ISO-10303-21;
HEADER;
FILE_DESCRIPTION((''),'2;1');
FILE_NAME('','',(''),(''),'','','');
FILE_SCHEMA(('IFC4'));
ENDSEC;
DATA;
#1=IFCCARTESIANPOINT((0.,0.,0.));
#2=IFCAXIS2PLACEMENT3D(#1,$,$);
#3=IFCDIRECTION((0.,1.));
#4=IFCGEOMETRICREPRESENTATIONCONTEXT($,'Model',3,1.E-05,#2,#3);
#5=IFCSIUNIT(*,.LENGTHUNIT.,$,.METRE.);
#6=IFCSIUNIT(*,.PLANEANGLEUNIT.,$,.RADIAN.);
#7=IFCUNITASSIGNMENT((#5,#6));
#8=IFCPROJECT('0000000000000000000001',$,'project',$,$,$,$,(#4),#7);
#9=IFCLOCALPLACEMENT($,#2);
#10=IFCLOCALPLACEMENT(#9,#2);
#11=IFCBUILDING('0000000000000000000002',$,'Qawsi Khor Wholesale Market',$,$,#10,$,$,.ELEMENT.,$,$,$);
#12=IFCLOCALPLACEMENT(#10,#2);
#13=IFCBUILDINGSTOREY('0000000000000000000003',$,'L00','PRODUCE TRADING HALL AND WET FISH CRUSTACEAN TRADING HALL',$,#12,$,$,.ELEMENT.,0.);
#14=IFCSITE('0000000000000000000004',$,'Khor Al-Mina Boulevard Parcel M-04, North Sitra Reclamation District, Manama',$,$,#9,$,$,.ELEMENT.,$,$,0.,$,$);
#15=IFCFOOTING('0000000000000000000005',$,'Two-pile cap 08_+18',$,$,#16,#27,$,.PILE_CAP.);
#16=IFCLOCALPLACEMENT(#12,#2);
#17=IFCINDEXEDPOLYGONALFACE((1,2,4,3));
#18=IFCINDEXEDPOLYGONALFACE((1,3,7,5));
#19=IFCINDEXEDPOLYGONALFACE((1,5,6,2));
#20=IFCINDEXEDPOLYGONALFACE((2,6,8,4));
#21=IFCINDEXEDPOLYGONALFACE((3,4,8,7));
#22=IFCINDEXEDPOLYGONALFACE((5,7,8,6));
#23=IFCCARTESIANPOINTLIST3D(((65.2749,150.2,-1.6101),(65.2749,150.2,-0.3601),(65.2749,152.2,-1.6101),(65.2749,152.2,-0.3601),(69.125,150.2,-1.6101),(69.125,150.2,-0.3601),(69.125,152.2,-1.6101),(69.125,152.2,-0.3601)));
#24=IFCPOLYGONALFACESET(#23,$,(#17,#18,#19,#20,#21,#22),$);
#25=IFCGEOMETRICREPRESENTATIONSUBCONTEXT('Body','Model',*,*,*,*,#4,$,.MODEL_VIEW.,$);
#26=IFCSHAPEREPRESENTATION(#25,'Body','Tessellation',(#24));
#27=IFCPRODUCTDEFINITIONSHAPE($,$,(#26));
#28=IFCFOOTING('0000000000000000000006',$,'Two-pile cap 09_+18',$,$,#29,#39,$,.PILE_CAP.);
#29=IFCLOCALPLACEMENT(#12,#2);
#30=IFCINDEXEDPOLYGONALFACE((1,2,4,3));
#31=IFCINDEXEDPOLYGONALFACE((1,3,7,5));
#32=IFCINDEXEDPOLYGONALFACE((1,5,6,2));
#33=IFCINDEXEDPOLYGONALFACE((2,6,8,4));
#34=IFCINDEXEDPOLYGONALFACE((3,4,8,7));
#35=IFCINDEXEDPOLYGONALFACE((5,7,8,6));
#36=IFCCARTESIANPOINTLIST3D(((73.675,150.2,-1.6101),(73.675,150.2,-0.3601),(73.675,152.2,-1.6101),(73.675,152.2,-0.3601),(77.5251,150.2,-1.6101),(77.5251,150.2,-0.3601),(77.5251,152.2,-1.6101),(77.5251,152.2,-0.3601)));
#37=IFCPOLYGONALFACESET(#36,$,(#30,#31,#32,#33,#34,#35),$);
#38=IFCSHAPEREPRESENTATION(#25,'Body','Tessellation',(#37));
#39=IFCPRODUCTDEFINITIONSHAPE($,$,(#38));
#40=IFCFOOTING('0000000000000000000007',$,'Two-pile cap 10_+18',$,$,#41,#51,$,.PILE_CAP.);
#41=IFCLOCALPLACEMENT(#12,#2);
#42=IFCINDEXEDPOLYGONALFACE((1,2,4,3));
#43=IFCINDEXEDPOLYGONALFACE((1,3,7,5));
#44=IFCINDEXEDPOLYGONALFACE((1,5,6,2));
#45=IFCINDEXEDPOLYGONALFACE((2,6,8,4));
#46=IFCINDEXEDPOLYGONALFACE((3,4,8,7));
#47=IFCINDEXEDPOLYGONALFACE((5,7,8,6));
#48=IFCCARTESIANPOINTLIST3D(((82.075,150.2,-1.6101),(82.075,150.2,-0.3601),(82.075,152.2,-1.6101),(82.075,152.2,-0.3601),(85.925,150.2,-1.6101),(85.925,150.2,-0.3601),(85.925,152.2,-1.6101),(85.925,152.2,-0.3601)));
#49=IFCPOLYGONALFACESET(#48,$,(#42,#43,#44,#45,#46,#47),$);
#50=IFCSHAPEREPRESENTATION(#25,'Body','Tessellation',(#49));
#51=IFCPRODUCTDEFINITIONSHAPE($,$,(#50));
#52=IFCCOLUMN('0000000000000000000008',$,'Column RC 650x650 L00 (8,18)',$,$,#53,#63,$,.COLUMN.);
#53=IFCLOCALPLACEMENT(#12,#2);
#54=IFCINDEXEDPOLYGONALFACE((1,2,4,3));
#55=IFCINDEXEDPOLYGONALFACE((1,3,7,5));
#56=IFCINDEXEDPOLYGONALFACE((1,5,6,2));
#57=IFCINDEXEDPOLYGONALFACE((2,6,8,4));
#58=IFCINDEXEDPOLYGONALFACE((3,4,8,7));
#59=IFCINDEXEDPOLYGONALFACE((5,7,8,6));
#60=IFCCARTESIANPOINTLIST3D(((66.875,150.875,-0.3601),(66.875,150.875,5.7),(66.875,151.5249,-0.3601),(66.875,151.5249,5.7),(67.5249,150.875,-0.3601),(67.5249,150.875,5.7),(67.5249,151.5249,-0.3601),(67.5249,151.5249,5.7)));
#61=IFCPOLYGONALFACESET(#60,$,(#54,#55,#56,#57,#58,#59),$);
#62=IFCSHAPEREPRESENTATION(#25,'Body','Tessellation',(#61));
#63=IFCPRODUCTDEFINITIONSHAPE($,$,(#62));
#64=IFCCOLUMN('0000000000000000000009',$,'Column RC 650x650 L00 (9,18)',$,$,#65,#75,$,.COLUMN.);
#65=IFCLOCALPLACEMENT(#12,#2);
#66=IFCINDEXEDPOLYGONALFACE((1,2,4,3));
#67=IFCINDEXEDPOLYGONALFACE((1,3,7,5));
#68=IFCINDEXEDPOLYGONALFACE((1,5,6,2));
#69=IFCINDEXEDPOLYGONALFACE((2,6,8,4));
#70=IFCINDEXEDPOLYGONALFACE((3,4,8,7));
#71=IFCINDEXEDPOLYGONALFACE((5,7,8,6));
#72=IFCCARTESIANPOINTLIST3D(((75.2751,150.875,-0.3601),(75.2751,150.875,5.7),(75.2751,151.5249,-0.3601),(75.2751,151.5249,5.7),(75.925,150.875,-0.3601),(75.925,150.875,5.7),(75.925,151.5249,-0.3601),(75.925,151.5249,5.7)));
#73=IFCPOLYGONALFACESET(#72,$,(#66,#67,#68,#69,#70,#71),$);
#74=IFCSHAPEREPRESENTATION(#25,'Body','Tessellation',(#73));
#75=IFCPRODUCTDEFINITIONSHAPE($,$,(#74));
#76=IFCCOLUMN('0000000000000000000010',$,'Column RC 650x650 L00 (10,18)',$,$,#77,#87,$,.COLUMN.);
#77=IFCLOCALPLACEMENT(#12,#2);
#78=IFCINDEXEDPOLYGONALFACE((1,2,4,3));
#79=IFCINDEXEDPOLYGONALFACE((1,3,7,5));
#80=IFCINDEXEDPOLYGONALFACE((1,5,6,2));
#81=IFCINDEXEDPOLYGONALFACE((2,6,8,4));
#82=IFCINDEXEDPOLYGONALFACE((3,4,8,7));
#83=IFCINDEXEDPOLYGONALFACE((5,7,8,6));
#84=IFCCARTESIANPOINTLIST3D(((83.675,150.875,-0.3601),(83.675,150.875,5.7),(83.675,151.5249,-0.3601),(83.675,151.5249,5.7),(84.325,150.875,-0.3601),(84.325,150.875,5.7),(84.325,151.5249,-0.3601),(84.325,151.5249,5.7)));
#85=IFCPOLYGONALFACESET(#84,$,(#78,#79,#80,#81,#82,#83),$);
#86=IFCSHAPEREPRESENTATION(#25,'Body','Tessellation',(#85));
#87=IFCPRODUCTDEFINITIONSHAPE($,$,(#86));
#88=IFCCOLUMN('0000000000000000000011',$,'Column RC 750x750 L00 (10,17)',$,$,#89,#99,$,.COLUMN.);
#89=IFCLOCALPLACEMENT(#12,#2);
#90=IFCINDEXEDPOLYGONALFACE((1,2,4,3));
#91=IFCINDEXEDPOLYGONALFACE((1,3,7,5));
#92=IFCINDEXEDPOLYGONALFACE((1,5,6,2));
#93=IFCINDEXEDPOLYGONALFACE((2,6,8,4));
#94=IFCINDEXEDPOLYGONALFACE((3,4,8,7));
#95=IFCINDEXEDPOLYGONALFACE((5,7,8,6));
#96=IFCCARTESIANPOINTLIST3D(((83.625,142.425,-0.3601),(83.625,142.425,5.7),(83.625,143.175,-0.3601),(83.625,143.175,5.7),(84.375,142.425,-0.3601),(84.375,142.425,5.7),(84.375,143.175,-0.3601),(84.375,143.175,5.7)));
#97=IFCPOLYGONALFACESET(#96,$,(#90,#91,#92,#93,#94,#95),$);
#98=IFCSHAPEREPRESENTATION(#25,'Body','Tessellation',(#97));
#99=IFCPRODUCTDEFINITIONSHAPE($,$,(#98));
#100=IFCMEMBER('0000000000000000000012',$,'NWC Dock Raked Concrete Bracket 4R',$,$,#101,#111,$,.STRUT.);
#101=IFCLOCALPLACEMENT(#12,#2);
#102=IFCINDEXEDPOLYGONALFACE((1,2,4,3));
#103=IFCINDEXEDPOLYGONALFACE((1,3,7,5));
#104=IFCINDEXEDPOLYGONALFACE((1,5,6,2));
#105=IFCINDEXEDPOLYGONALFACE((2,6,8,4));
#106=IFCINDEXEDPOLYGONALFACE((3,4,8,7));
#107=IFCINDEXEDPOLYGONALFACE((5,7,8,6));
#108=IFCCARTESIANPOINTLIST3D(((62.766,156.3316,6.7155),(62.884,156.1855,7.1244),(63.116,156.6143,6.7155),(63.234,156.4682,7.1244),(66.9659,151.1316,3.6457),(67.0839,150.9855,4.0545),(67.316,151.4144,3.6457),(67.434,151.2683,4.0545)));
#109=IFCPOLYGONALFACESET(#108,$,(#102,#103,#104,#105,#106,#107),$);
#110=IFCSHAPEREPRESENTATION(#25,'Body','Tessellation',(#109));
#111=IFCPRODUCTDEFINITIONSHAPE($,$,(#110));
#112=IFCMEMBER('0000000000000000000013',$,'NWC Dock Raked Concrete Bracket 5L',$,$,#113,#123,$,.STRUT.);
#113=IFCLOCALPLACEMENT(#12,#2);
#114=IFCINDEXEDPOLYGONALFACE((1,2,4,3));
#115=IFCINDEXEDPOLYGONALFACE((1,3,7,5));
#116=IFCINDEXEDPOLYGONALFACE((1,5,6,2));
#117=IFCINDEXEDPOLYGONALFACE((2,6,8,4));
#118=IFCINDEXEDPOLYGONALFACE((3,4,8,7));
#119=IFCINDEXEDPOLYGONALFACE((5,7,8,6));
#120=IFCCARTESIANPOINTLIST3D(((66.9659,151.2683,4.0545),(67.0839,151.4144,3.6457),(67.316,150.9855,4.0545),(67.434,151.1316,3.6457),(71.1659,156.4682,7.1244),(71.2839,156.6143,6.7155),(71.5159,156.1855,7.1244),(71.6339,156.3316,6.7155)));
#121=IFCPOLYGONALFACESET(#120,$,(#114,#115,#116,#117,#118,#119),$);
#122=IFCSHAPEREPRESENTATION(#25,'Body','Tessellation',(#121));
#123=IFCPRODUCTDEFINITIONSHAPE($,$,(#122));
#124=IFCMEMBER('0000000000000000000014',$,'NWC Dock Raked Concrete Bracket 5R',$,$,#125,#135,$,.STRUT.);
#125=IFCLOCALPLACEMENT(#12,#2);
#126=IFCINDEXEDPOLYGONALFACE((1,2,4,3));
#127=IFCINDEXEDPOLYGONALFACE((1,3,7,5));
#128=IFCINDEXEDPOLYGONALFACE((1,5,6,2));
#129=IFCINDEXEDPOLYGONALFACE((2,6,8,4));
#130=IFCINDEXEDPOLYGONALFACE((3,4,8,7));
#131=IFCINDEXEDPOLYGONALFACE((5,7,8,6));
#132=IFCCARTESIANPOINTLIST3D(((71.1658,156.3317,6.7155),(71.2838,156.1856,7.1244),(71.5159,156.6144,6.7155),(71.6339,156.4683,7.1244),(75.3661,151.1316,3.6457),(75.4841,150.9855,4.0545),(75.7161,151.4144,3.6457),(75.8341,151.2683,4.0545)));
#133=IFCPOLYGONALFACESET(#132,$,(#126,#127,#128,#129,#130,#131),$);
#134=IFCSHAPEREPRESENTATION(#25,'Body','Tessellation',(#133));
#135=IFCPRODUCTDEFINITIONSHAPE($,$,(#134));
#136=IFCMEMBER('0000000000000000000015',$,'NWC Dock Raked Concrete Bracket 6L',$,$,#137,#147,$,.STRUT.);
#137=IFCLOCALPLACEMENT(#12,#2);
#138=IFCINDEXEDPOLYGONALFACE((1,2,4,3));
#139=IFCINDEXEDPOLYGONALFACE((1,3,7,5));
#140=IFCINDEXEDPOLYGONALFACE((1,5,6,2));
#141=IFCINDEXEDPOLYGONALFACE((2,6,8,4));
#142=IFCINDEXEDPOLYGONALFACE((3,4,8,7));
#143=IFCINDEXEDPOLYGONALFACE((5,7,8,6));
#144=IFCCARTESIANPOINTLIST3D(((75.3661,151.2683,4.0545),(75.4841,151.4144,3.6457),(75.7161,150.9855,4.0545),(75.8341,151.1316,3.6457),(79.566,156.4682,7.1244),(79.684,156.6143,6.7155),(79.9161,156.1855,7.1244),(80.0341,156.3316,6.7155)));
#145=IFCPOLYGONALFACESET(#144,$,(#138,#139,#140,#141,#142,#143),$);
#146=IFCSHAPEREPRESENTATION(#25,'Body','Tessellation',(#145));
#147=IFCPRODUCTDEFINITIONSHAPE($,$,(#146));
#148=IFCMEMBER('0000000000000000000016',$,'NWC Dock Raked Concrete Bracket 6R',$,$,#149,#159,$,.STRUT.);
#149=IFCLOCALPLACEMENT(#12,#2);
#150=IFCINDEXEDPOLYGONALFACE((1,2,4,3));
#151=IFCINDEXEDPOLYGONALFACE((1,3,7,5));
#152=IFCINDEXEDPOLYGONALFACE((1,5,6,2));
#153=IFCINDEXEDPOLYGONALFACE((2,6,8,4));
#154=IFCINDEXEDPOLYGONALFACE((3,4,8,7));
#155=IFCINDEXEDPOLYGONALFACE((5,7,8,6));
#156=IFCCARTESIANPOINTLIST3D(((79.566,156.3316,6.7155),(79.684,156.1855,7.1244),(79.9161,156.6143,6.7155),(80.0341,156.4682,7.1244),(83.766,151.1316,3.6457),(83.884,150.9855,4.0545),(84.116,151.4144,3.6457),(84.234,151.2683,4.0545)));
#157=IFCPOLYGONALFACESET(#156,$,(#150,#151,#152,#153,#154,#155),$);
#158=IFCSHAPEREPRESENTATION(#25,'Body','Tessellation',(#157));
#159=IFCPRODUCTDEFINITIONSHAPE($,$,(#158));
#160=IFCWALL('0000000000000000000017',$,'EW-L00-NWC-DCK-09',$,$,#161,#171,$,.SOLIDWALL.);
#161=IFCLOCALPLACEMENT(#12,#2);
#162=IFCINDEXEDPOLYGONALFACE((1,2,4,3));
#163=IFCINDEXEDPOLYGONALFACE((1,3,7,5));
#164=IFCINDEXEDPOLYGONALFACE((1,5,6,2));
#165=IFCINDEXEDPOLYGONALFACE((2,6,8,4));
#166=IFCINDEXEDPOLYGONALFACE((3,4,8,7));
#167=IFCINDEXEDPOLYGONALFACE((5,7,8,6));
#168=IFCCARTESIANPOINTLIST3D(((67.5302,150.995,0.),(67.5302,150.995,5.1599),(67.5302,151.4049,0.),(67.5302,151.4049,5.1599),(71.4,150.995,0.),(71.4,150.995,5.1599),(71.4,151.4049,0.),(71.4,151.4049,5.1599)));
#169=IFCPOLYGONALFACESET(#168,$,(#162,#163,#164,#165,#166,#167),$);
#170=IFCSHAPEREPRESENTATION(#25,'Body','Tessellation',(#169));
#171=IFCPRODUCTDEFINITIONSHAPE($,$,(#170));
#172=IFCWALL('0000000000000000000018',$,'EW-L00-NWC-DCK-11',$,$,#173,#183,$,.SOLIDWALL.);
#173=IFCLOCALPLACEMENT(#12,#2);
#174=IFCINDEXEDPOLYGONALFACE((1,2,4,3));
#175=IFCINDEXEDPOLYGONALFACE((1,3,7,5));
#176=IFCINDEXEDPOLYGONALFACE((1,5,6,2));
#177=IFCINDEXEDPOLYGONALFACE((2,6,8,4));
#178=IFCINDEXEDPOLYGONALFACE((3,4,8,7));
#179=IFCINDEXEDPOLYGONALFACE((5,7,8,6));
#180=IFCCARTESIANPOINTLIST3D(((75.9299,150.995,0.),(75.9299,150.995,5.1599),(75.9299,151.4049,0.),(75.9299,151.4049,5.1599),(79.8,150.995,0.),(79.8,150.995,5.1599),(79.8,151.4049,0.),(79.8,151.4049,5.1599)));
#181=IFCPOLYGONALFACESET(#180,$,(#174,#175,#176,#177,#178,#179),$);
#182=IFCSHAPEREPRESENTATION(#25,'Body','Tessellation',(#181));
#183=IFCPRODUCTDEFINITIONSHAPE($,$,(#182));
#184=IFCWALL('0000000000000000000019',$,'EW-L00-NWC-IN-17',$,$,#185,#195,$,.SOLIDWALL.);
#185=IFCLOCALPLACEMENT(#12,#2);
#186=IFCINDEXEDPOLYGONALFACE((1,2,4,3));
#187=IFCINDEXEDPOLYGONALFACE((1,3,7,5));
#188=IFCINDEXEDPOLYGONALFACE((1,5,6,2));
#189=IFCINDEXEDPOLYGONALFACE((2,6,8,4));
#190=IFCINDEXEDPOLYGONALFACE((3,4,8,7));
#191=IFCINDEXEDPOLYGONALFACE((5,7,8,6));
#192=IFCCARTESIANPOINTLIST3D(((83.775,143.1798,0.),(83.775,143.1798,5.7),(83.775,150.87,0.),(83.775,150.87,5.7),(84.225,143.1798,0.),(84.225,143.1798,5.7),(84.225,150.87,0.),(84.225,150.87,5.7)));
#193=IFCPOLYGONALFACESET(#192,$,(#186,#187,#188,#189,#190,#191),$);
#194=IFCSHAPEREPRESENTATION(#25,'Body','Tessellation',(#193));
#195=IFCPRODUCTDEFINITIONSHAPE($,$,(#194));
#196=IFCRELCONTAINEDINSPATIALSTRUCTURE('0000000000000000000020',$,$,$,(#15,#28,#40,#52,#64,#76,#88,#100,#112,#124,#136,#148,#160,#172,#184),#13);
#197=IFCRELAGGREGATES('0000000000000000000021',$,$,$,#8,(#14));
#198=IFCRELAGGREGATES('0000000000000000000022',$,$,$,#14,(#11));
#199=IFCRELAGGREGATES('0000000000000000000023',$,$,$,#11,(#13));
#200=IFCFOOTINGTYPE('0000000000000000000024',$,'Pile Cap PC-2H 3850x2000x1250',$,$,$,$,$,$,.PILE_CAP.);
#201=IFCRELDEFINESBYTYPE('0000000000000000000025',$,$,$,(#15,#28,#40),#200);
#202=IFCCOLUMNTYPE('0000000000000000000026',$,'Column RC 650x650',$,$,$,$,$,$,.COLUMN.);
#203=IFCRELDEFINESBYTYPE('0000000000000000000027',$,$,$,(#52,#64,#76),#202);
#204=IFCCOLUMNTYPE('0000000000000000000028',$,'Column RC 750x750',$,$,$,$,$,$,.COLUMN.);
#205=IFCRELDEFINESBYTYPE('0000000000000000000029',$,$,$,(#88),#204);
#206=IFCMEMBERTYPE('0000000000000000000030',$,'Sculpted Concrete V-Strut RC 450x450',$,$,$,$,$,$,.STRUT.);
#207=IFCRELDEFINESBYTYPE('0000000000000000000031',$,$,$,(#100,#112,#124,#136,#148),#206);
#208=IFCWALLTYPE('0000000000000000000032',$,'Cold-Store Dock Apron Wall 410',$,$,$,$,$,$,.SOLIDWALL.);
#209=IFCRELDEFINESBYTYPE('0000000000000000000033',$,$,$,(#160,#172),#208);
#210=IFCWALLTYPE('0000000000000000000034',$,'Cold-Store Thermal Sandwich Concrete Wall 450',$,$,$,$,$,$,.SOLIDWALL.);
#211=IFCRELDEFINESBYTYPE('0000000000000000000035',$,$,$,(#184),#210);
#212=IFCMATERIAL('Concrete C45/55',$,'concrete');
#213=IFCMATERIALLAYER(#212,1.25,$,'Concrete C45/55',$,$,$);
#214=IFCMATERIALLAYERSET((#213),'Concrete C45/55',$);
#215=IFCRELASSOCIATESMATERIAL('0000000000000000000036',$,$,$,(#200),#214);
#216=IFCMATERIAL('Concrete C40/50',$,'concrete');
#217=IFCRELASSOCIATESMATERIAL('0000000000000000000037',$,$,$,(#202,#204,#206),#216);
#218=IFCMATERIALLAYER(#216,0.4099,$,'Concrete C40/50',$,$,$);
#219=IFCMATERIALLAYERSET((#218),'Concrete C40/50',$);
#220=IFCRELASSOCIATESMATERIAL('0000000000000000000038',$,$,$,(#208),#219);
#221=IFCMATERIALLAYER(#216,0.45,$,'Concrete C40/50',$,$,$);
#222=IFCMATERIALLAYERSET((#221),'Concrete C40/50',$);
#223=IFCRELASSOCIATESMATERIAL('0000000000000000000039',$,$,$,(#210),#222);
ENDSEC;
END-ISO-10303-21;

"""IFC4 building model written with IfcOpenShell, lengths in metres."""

from ifc_helpers import new_model, si_unit, direction, frame, frame_2d, origin, origin_2d, place, context, subcontext, project, spatial, rectangle, extrude, material, layer, layer_set, material_profile, profile_set, type_object, element, save


model = new_model("IFC4")

# Units and contexts
model_context = context("Model", 3, precision=1e-05, world=origin(), true_north=direction((0.0, 1.0)))
body_context = subcontext(model_context, "Body", "Model", "MODEL_VIEW")
ifc_project = project(units=[si_unit("LENGTHUNIT", "METRE"), si_unit("PLANEANGLEUNIT", "RADIAN")], contexts=[model_context])

# Site, building, storey
site_placement = place(None, origin())
site = spatial("IfcSite", under=ifc_project, at=site_placement, Name="Khor Al-Mina Boulevard Parcel M-04, North Sitra Reclamation District, Manama", CompositionType="ELEMENT", RefElevation=0.0)
building_placement = place(site_placement, origin())
building = spatial("IfcBuilding", under=site, at=building_placement, Name="Qawsi Khor Wholesale Market", CompositionType="ELEMENT")
storey_placement = place(building_placement, origin())
storey = spatial("IfcBuildingStorey", under=building, at=storey_placement, Name="L00", Description="PRODUCE TRADING HALL AND WET FISH CRUSTACEAN TRADING HALL", CompositionType="ELEMENT", Elevation=0.0)

# Shared definitions
ifc_material_1 = material(Name="Concrete C45/55", Category="concrete")

# Footings
ifc_layer_1 = layer(ifc_material_1, 1.25, Name="Concrete C45/55")
ifc_layer_set_1 = layer_set([ifc_layer_1], Name="Concrete C45/55")
footing_type_1 = type_object("IfcFootingType", Name="Pile Cap PC-2H 3850x2000x1250", PredefinedType="PILE_CAP", material=ifc_layer_set_1)
for number, where, z_axis, x_axis, name in (
    (1, (67.2, 151.2, -1.6101), (0.0, 0.0, 1.0), (1.0, 0.0, 0.0), "Two-pile cap 08_+18"),
    (2, (75.6001, 151.2, -1.6101), (0.0, 0.0, 1.0), (1.0, 0.0, 0.0), "Two-pile cap 09_+18"),
    (3, (84.0, 151.2, -1.6101), (0.0, 0.0, 1.0), (1.0, 0.0, 0.0), "Two-pile cap 10_+18"),
):
    element("IfcFooting", number, at=place(storey_placement, frame(where, z_axis=z_axis, x_axis=x_axis)), inside=storey, type_object=footing_type_1, Name=name, PredefinedType="PILE_CAP", context=body_context, shape_type="SweptSolid", body=[
        extrude(rectangle(XDim=3.8501, YDim=2.0, at=origin_2d()), origin(), (0.0, 0.0, 1.0), 1.25),
    ])

# Columns
ifc_material_2 = material(Name="Concrete C40/50", Category="concrete")
ifc_material_profile_1 = material_profile(ifc_material_2, rectangle(XDim=0.6499, YDim=0.6499, at=origin_2d()), Name="RC 650x650")
ifc_profile_set_1 = profile_set([ifc_material_profile_1], Name="Concrete C40/50")
column_type_1 = type_object("IfcColumnType", Name="Column RC 650x650", PredefinedType="COLUMN", material=ifc_profile_set_1)
for number, where, z_axis, x_axis, name in (
    (4, (67.2, 151.2, -0.3601), (0.0, 0.0, 1.0), (1.0, 0.0, 0.0), "Column RC 650x650 L00 (8,18)"),
    (5, (75.6001, 151.2, -0.3601), (0.0, 0.0, 1.0), (1.0, 0.0, 0.0), "Column RC 650x650 L00 (9,18)"),
    (6, (84.0, 151.2, -0.3601), (0.0, 0.0, 1.0), (1.0, 0.0, 0.0), "Column RC 650x650 L00 (10,18)"),
):
    element("IfcColumn", number, at=place(storey_placement, frame(where, z_axis=z_axis, x_axis=x_axis)), inside=storey, type_object=column_type_1, Name=name, PredefinedType="COLUMN", context=body_context, shape_type="SweptSolid", body=[
        extrude(rectangle(XDim=0.6499, YDim=0.6499, at=origin_2d()), origin(), (0.0, 0.0, 1.0), 6.0601),
    ])
ifc_material_profile_2 = material_profile(ifc_material_2, rectangle(XDim=0.75, YDim=0.75, at=origin_2d()), Name="RC 750x750")
ifc_profile_set_2 = profile_set([ifc_material_profile_2], Name="Concrete C40/50")
column_type_2 = type_object("IfcColumnType", Name="Column RC 750x750", PredefinedType="COLUMN", material=ifc_profile_set_2)
column_placement = place(storey_placement, frame((84.0, 142.8, -0.3601), z_axis=(0.0, 0.0, 1.0), x_axis=(1.0, 0.0, 0.0)))
element("IfcColumn", 7, at=column_placement, inside=storey, type_object=column_type_2, Name="Column RC 750x750 L00 (10,17)", PredefinedType="COLUMN", context=body_context, shape_type="SweptSolid", body=[
    extrude(rectangle(XDim=0.75, YDim=0.75, at=origin_2d()), origin(), (0.0, 0.0, 1.0), 6.0601),
])

# Members
ifc_material_profile_3 = material_profile(ifc_material_2, rectangle(XDim=0.45, YDim=0.45, at=origin_2d()), Name="RC 450x450")
ifc_profile_set_3 = profile_set([ifc_material_profile_3], Name="Concrete C40/50")
member_type = type_object("IfcMemberType", Name="Sculpted Concrete V-Strut RC 450x450", PredefinedType="STRUT", material=ifc_profile_set_3)
for number, where, z_axis, x_axis, name in (
    (8, (67.2, 151.2, 3.8501), (-0.570997, 0.70695, 0.417353), (-0.777942, -0.628336, 0.0), "NWC Dock Raked Concrete Bracket 4R"),
    (9, (67.2, 151.2, 3.8501), (0.570997, 0.70695, 0.417353), (-0.777942, 0.628336, 0.0), "NWC Dock Raked Concrete Bracket 5L"),
):
    element("IfcMember", number, at=place(storey_placement, frame(where, z_axis=z_axis, x_axis=x_axis)), inside=storey, type_object=member_type, Name=name, PredefinedType="STRUT", context=body_context, shape_type="SweptSolid", body=[
        extrude(rectangle(XDim=0.45, YDim=0.45, at=origin_2d()), origin(), (0.0, 0.0, 1.0), 7.3555),
    ])
member_placement = place(storey_placement, frame((75.6001, 151.2, 3.8501), z_axis=(-0.57102, 0.706937, 0.417345), x_axis=(-0.777924, -0.628358, 0.0)))
element("IfcMember", 10, at=member_placement, inside=storey, type_object=member_type, Name="NWC Dock Raked Concrete Bracket 5R", PredefinedType="STRUT", context=body_context, shape_type="SweptSolid", body=[
    extrude(rectangle(XDim=0.45, YDim=0.45, at=origin_2d()), origin(), (0.0, 0.0, 1.0), 7.3557),
])
for number, where, z_axis, x_axis, name in (
    (11, (75.6001, 151.2, 3.8501), (0.570997, 0.70695, 0.417353), (-0.777942, 0.628336, 0.0), "NWC Dock Raked Concrete Bracket 6L"),
    (12, (84.0, 151.2, 3.8501), (-0.570997, 0.70695, 0.417353), (-0.777942, -0.628336, 0.0), "NWC Dock Raked Concrete Bracket 6R"),
):
    element("IfcMember", number, at=place(storey_placement, frame(where, z_axis=z_axis, x_axis=x_axis)), inside=storey, type_object=member_type, Name=name, PredefinedType="STRUT", context=body_context, shape_type="SweptSolid", body=[
        extrude(rectangle(XDim=0.45, YDim=0.45, at=origin_2d()), origin(), (0.0, 0.0, 1.0), 7.3555),
    ])

# Wall
ifc_layer_2 = layer(ifc_material_2, 0.4099, Name="Concrete C40/50")
ifc_layer_set_2 = layer_set([ifc_layer_2], Name="Concrete C40/50")
wall_type_1 = type_object("IfcWallType", Name="Cold-Store Dock Apron Wall 410", PredefinedType="SOLIDWALL", material=ifc_layer_set_2)
wall_1_placement = place(storey_placement, frame((67.53, 151.2, 0.0), z_axis=(0.0, 0.0, 1.0), x_axis=(1.0, 0.0, 0.0)))
element("IfcWall", 13, at=wall_1_placement, inside=storey, type_object=wall_type_1, Name="EW-L00-NWC-DCK-09", PredefinedType="SOLIDWALL", context=body_context, shape_type="SweptSolid", body=[
    extrude(rectangle(XDim=3.8699, YDim=0.4099, at=frame_2d((1.9351, 0.0))), origin(), (0.0, 0.0, 1.0), 5.1599),
])

# Wall
wall_2_placement = place(storey_placement, frame((75.9299, 151.2, 0.0), z_axis=(0.0, 0.0, 1.0), x_axis=(1.0, 0.0, 0.0)))
element("IfcWall", 14, at=wall_2_placement, inside=storey, type_object=wall_type_1, Name="EW-L00-NWC-DCK-11", PredefinedType="SOLIDWALL", context=body_context, shape_type="SweptSolid", body=[
    extrude(rectangle(XDim=3.8701, YDim=0.4099, at=frame_2d((1.9351, 0.0))), origin(), (0.0, 0.0, 1.0), 5.1599),
])

# Wall
ifc_layer_3 = layer(ifc_material_2, 0.45, Name="Concrete C40/50")
ifc_layer_set_3 = layer_set([ifc_layer_3], Name="Concrete C40/50")
wall_type_2 = type_object("IfcWallType", Name="Cold-Store Thermal Sandwich Concrete Wall 450", PredefinedType="SOLIDWALL", material=ifc_layer_set_3)
wall_3_placement = place(storey_placement, frame((84.0, 150.8701, 0.0), z_axis=(0.0, 0.0, 1.0), x_axis=(0.0, -1.0, 0.0)))
element("IfcWall", 15, at=wall_3_placement, inside=storey, type_object=wall_type_2, Name="EW-L00-NWC-IN-17", PredefinedType="SOLIDWALL", context=body_context, shape_type="SweptSolid", body=[
    extrude(rectangle(XDim=7.6902, YDim=0.45, at=frame_2d((3.8452, 0.0))), origin(), (0.0, 0.0, 1.0), 5.7),
])

save(model, "model.ifc")
